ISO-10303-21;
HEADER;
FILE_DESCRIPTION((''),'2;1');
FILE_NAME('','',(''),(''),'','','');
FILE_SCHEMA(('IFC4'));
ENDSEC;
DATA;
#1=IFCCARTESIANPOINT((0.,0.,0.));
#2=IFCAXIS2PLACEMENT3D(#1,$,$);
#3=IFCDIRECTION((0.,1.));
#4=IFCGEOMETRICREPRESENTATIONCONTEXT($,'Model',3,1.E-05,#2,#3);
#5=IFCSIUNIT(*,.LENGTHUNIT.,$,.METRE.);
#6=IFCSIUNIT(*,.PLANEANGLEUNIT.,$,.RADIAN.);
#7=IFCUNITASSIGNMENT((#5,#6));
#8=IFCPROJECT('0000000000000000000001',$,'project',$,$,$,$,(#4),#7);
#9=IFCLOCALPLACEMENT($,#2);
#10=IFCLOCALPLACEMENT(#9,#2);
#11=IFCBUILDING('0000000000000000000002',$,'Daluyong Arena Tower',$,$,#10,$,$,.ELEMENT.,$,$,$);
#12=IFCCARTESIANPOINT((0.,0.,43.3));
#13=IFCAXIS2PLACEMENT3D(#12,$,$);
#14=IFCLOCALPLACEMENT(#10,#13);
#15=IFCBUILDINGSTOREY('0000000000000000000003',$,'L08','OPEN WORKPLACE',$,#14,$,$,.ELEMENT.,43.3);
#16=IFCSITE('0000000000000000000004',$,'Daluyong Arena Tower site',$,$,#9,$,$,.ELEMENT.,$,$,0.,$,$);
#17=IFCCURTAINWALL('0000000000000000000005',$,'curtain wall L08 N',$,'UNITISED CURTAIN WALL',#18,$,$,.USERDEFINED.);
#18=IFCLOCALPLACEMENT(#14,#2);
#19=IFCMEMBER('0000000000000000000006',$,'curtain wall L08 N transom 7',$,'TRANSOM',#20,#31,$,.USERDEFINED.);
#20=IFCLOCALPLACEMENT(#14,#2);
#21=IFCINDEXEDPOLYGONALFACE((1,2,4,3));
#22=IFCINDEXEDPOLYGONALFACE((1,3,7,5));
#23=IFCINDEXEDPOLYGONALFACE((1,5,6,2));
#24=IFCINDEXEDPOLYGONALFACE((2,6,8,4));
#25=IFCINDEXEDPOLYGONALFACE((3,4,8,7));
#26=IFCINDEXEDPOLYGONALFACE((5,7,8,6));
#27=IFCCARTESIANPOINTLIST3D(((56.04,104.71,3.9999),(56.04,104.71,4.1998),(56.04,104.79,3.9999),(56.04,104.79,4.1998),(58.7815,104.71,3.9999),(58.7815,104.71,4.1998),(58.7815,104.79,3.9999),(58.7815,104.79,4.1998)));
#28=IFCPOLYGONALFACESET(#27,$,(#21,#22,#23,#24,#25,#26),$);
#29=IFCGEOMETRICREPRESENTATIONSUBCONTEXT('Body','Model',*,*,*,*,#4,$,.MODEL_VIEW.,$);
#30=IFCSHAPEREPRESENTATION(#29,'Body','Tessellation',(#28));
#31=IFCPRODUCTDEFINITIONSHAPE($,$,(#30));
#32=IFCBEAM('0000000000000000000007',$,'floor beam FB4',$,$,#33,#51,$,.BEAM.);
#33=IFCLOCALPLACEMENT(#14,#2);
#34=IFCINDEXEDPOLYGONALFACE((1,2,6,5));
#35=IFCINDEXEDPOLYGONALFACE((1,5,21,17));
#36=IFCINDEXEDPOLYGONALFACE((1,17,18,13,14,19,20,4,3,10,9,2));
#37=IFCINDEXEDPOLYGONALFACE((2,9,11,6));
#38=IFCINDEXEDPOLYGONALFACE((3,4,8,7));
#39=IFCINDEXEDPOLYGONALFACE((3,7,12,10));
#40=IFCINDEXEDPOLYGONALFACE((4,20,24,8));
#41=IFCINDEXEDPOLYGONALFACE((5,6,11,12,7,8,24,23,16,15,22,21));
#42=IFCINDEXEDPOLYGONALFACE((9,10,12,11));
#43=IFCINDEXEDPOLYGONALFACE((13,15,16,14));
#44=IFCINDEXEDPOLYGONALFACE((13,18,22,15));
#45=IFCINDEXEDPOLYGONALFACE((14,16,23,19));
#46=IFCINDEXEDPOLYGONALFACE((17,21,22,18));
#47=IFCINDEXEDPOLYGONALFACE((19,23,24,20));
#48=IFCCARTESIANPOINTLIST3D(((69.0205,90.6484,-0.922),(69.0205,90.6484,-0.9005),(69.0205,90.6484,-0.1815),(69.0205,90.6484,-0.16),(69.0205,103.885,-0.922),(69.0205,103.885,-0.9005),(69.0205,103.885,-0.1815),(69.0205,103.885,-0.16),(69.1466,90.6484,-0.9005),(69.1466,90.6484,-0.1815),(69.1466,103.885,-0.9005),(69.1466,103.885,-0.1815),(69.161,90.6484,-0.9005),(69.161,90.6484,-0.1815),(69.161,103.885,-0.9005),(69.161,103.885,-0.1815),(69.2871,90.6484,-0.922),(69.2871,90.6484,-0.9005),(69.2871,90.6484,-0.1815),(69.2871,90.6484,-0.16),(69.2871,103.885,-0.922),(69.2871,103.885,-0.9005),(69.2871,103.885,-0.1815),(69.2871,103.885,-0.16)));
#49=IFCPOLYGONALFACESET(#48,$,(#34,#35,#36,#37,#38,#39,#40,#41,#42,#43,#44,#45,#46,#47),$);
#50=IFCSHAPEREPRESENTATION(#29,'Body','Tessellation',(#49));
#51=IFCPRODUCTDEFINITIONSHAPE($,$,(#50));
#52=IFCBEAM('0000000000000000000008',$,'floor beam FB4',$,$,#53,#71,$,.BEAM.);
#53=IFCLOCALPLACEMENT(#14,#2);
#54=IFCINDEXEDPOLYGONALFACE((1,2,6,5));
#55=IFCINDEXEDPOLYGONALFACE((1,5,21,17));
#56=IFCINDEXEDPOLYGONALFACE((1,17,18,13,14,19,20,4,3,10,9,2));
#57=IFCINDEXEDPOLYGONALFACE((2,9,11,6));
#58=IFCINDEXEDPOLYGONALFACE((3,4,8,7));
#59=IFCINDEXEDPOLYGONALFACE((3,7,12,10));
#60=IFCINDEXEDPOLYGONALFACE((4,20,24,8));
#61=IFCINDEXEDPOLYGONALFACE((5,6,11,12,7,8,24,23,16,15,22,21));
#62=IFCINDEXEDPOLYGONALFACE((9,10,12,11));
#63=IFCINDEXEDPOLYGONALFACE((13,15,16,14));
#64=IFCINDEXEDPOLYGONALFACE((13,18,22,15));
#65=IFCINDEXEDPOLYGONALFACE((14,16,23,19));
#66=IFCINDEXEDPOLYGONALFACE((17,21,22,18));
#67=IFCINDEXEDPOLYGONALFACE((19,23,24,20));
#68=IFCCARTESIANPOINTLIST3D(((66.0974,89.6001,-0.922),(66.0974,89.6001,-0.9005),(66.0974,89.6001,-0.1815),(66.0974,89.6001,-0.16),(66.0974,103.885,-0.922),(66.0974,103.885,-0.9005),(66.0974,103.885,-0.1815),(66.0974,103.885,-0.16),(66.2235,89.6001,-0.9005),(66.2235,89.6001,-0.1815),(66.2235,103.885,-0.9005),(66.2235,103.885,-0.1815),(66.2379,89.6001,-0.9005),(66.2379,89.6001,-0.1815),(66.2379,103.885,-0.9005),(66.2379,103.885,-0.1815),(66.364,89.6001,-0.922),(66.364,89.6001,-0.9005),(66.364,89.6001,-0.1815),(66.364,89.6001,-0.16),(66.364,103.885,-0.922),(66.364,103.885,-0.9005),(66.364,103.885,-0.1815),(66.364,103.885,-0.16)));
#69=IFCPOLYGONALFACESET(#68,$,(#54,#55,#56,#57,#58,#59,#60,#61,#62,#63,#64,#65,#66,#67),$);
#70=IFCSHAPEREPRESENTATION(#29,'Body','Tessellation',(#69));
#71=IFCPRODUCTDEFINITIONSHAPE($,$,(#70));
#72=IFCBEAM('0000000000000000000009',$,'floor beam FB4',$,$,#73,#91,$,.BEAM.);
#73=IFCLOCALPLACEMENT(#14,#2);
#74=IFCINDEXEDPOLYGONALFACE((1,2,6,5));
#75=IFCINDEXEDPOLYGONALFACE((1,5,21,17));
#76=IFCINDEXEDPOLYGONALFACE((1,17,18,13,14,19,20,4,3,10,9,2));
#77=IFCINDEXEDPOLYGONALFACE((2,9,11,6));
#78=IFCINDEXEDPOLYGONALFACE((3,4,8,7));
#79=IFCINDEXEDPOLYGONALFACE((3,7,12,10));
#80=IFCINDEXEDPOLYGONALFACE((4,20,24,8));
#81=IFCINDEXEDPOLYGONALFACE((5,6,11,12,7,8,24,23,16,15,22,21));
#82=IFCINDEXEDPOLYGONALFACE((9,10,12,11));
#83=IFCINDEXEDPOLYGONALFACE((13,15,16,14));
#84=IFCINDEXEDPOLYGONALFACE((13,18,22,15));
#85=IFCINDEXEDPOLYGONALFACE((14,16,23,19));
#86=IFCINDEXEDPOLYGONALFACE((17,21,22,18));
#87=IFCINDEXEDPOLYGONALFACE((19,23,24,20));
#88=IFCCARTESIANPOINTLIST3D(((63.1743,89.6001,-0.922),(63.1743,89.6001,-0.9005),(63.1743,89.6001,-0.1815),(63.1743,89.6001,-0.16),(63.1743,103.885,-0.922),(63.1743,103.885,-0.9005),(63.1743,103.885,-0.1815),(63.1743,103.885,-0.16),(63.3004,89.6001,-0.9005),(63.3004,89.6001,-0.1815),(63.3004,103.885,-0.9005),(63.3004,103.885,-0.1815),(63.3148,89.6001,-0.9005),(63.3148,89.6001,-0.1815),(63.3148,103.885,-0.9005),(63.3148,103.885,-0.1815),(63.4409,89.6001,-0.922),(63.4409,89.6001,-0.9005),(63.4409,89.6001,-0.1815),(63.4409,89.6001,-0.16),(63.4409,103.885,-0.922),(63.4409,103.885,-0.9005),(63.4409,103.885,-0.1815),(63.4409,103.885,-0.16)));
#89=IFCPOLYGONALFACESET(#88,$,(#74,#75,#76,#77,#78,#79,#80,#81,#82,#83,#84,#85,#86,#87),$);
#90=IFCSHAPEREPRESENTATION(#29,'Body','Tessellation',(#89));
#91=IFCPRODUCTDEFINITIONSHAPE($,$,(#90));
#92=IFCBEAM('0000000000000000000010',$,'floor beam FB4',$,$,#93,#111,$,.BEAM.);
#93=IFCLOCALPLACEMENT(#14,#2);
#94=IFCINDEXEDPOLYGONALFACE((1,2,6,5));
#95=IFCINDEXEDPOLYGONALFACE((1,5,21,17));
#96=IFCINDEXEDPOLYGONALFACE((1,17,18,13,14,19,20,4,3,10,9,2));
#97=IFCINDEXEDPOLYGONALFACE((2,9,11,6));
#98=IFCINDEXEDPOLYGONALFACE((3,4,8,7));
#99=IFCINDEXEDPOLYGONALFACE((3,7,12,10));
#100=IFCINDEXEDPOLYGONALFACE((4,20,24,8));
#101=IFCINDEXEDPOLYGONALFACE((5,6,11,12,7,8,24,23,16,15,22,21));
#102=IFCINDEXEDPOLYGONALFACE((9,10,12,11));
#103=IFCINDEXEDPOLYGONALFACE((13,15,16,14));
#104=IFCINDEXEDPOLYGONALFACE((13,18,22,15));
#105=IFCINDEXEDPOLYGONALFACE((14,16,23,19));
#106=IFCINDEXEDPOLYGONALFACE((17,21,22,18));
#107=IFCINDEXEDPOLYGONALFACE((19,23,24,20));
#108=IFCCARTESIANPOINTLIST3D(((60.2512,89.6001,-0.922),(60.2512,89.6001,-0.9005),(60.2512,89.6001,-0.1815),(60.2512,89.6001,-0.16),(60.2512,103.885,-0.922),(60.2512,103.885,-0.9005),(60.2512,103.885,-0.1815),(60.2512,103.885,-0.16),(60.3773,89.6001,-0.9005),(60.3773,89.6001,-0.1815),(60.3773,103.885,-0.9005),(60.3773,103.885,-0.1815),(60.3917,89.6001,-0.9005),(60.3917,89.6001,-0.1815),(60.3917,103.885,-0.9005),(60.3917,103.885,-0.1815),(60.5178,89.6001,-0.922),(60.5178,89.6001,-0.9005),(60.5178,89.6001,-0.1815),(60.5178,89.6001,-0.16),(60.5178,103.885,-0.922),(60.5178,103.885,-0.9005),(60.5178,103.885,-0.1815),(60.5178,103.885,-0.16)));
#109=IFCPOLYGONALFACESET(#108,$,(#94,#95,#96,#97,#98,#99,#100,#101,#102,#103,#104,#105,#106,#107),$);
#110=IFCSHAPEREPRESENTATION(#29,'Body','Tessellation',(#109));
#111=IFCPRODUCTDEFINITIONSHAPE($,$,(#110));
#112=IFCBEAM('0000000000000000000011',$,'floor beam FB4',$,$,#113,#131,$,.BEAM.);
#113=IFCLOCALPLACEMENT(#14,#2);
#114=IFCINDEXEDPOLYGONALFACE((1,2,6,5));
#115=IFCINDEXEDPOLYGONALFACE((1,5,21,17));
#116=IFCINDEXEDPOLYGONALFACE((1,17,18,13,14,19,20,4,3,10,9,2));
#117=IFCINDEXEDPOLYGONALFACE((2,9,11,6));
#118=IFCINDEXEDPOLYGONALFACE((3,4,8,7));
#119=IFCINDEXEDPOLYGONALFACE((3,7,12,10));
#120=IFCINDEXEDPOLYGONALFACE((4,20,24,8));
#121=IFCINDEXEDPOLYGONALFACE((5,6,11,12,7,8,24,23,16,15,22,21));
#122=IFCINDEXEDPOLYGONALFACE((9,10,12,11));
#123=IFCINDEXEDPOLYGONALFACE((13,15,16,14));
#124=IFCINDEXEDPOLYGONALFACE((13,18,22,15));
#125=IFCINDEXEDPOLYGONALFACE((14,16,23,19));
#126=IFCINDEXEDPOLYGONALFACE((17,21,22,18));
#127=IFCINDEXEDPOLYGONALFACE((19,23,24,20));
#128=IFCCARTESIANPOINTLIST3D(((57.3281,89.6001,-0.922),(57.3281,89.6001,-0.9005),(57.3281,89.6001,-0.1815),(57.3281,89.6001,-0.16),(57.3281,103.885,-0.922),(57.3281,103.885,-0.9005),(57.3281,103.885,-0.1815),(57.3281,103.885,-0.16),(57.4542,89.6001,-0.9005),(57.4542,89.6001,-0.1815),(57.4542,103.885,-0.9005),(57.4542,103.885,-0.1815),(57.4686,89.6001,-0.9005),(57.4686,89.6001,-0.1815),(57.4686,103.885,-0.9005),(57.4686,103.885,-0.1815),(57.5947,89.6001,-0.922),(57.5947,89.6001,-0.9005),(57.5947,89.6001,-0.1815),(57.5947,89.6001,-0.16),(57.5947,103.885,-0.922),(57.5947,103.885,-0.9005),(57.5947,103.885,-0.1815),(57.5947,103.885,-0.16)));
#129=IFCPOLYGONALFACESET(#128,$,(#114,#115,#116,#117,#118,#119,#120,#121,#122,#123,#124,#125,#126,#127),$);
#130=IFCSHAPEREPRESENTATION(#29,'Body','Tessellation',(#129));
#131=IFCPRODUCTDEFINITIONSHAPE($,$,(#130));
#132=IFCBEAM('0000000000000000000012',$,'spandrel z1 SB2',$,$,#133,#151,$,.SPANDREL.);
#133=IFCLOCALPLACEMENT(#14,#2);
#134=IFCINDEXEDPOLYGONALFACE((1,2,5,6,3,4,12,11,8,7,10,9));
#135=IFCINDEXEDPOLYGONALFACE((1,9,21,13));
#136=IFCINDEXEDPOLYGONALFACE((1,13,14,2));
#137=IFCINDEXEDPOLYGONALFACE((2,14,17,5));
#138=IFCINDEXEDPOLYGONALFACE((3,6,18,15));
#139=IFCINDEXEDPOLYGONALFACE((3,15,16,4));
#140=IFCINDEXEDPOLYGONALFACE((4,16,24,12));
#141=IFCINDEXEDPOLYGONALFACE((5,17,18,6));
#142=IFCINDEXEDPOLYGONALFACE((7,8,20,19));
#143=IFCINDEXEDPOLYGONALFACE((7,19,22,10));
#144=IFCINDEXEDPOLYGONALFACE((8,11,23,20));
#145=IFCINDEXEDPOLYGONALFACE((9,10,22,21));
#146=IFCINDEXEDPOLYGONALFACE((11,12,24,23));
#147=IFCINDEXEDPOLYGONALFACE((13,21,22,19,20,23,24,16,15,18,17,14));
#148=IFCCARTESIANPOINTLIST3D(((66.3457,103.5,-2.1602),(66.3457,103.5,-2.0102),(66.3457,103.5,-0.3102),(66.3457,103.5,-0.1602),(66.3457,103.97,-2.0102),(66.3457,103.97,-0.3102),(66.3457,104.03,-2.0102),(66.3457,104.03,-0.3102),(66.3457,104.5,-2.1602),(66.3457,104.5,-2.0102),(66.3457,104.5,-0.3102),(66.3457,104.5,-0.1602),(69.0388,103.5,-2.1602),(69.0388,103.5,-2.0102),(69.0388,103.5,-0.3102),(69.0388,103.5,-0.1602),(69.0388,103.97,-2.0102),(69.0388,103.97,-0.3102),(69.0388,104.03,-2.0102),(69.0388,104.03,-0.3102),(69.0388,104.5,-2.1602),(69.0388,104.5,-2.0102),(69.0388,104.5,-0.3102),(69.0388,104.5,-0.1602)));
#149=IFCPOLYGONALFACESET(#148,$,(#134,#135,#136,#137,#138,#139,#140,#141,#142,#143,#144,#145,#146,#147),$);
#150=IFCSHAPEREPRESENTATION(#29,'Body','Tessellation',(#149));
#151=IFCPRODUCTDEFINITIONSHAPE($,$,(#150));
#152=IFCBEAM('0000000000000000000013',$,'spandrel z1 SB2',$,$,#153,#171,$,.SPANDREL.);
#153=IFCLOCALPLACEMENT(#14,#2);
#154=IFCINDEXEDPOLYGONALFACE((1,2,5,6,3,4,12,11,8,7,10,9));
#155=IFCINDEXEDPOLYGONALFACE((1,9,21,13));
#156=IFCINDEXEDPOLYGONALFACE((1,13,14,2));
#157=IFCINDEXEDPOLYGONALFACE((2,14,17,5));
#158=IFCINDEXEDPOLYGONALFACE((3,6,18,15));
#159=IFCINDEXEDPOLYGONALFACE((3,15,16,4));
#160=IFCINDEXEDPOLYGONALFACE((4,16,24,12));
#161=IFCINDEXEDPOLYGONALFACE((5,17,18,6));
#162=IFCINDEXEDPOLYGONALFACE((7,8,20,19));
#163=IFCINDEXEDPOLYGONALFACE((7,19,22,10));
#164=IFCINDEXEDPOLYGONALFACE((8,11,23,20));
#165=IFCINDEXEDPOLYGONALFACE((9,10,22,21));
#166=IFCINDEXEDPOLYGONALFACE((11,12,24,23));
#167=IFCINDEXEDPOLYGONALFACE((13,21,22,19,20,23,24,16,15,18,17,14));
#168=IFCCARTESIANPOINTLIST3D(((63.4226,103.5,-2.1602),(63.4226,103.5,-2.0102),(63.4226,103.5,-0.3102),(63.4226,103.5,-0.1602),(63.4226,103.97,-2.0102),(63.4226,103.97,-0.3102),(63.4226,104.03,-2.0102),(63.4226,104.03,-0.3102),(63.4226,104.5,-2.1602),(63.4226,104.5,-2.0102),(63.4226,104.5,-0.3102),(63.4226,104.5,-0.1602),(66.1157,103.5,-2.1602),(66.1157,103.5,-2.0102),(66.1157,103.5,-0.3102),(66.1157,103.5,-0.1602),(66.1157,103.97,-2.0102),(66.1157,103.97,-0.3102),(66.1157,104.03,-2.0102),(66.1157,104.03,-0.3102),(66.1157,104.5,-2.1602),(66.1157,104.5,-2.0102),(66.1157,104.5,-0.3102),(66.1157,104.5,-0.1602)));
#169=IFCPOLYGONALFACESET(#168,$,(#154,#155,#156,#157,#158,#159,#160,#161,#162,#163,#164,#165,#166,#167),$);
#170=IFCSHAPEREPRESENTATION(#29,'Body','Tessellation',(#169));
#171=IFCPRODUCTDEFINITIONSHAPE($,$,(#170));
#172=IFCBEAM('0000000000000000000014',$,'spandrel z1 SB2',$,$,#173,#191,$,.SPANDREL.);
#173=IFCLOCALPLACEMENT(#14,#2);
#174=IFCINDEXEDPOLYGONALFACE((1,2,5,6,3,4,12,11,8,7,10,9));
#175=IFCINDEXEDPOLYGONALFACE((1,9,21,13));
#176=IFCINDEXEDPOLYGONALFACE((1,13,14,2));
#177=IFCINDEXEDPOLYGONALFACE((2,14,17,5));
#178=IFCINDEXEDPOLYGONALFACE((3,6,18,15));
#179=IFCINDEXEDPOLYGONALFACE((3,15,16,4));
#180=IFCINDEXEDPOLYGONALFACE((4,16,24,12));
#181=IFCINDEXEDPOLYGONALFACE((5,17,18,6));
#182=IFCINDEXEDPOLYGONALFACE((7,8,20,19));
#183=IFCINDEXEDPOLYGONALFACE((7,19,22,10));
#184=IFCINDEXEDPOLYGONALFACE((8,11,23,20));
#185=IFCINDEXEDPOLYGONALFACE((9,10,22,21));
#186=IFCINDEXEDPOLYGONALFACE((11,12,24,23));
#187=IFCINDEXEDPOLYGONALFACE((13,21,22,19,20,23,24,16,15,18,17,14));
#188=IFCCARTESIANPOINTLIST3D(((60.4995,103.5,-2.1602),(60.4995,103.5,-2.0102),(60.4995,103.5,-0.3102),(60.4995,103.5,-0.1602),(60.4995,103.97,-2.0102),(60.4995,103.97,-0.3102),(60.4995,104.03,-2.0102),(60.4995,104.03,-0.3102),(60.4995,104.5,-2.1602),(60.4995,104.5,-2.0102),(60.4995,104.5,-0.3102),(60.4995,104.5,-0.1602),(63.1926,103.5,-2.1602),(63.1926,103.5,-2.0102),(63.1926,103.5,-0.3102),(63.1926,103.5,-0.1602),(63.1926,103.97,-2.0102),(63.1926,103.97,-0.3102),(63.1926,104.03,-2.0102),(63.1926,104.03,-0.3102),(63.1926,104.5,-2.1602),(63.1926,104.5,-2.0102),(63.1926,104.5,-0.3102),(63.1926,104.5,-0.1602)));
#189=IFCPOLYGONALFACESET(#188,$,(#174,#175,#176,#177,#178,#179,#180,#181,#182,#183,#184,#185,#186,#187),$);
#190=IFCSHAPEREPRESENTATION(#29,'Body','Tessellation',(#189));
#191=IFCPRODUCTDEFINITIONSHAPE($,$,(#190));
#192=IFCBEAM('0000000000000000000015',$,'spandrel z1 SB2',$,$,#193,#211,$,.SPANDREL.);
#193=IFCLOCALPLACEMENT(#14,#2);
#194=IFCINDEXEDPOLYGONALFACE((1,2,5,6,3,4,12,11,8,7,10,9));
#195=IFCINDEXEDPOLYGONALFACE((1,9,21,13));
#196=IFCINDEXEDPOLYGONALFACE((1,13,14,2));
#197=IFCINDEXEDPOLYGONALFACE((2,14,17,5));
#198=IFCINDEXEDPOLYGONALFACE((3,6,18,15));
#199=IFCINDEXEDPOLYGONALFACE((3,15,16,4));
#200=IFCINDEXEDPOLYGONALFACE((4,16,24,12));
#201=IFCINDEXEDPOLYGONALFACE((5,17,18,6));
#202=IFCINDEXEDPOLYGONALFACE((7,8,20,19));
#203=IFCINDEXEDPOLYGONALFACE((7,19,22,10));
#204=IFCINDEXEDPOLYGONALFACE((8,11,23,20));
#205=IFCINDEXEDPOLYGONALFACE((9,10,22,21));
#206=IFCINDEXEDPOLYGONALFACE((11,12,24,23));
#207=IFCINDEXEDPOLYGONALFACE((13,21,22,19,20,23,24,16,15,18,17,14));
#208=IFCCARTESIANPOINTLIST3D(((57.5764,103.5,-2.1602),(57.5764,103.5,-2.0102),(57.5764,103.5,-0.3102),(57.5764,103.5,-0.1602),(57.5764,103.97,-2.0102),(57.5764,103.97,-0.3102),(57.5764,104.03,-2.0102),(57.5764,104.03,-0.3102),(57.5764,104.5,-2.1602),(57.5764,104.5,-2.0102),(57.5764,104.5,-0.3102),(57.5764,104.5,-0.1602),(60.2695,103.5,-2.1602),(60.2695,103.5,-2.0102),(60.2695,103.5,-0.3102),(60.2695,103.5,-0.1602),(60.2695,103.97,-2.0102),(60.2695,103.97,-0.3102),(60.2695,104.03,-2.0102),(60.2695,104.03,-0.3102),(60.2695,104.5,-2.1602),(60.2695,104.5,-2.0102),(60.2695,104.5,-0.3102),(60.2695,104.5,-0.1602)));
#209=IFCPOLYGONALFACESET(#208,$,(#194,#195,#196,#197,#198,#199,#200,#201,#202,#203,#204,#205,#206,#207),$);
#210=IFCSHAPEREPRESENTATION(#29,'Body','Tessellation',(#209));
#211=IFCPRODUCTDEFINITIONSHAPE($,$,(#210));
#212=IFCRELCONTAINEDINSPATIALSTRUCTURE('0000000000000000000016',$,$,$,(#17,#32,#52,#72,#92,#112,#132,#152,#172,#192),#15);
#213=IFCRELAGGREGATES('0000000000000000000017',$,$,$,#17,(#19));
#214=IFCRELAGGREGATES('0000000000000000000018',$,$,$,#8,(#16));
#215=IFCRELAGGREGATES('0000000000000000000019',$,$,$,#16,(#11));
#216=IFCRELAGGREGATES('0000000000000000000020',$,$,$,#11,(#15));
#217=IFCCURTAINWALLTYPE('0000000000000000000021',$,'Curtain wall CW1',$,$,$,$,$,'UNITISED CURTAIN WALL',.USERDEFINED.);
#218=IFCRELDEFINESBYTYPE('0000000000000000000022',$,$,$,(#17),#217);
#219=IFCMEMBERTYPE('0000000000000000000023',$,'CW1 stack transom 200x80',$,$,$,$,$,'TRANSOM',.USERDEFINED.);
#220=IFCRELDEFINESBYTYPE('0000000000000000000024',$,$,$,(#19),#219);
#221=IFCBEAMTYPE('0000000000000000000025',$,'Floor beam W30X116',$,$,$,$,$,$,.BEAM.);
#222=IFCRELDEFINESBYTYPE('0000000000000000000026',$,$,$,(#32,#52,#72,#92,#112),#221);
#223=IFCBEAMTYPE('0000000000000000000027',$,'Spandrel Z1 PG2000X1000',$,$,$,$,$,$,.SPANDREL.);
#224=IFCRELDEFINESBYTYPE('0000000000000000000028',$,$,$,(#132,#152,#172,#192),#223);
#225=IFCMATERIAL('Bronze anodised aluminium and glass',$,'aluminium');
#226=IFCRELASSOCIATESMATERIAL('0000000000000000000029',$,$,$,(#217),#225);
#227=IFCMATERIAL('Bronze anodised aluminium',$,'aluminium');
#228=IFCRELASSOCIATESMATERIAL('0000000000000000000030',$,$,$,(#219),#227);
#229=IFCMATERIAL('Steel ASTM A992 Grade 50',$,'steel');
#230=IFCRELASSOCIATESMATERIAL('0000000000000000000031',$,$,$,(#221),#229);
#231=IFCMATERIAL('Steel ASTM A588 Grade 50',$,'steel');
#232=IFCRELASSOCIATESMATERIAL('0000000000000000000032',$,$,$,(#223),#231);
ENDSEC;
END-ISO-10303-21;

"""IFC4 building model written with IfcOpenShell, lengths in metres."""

from ifc_helpers import new_model, si_unit, direction, frame, origin, origin_2d, place, context, subcontext, project, spatial, rectangle, i_section, extrude, material, material_profile, profile_set, type_object, element, aggregate, save


model = new_model("IFC4")

# Units and contexts
model_context = context("Model", 3, precision=1e-05, world=origin(), true_north=direction((0.0, 1.0)))
body_context = subcontext(model_context, "Body", "Model", "MODEL_VIEW")
ifc_project = project(units=[si_unit("LENGTHUNIT", "METRE"), si_unit("PLANEANGLEUNIT", "RADIAN")], contexts=[model_context])

# Site, building, storey
site_placement = place(None, origin())
site = spatial("IfcSite", under=ifc_project, at=site_placement, Name="Daluyong Arena Tower site", CompositionType="ELEMENT", RefElevation=0.0)
building_placement = place(site_placement, origin())
building = spatial("IfcBuilding", under=site, at=building_placement, Name="Daluyong Arena Tower", CompositionType="ELEMENT")
storey_placement = place(building_placement, frame((0.0, 0.0, 43.3)))
storey = spatial("IfcBuildingStorey", under=building, at=storey_placement, Name="L08", Description="OPEN WORKPLACE", CompositionType="ELEMENT", Elevation=43.3)

# Curtain wall, member
ifc_material_1 = material(Name="Bronze anodised aluminium and glass", Category="aluminium")
curtain_wall_type = type_object("IfcCurtainWallType", Name="Curtain wall CW1", ElementType="UNITISED CURTAIN WALL", PredefinedType="USERDEFINED", material=ifc_material_1)
curtain_wall_placement = place(storey_placement, origin())
curtain_wall = element("IfcCurtainWall", 1, at=curtain_wall_placement, inside=storey, type_object=curtain_wall_type, Name="curtain wall L08 N", ObjectType="UNITISED CURTAIN WALL", PredefinedType="USERDEFINED")
ifc_material_2 = material(Name="Bronze anodised aluminium", Category="aluminium")
ifc_material_profile_1 = material_profile(ifc_material_2, rectangle(XDim=0.0801, YDim=0.2, at=origin_2d()))
ifc_profile_set_1 = profile_set([ifc_material_profile_1], Name="Bronze anodised aluminium")
member_type_1 = type_object("IfcMemberType", Name="CW1 stack transom 200x80", ElementType="TRANSOM", PredefinedType="USERDEFINED", material=ifc_profile_set_1)
member_1_placement = place(storey_placement, frame((58.7815, 104.75, 4.0999), z_axis=(-1.0, 0.0, 0.0), x_axis=(0.0, -1.0, 0.0)))
member_1 = element("IfcMember", 2, at=member_1_placement, type_object=member_type_1, Name="curtain wall L08 N transom 7", ObjectType="TRANSOM", PredefinedType="USERDEFINED", context=body_context, shape_type="SweptSolid", body=[
    extrude(rectangle(XDim=0.0801, YDim=0.2, at=origin_2d()), origin(), (0.0, 0.0, 1.0), 2.7415),
])

# Beams
ifc_material_3 = material(Name="Steel ASTM A992 Grade 50", Category="steel")
ifc_material_profile_2 = material_profile(ifc_material_3, i_section(OverallWidth=0.2666, OverallDepth=0.762, WebThickness=0.0144, FlangeThickness=0.0215, at=origin_2d()))
ifc_profile_set_2 = profile_set([ifc_material_profile_2], Name="Steel ASTM A992 Grade 50")
beam_type_1 = type_object("IfcBeamType", Name="Floor beam W30X116", PredefinedType="BEAM", material=ifc_profile_set_2)
beam_1_placement = place(storey_placement, frame((69.1538, 103.885, -0.541), z_axis=(0.0, -1.0, 0.0), x_axis=(1.0, 0.0, 0.0)))
element("IfcBeam", 3, at=beam_1_placement, inside=storey, type_object=beam_type_1, Name="floor beam FB4", PredefinedType="BEAM", context=body_context, shape_type="SweptSolid", body=[
    extrude(i_section(OverallWidth=0.2666, OverallDepth=0.762, WebThickness=0.0144, FlangeThickness=0.0215, at=origin_2d()), origin(), (0.0, 0.0, 1.0), 13.2366),
])
for number, where, z_axis, x_axis, name in (
    (4, (66.2307, 103.885, -0.541), (0.0, -1.0, 0.0), (1.0, 0.0, 0.0), "floor beam FB4"),
    (5, (63.3076, 103.885, -0.541), (0.0, -1.0, 0.0), (1.0, 0.0, 0.0), "floor beam FB4"),
    (6, (60.3845, 103.885, -0.541), (0.0, -1.0, 0.0), (1.0, 0.0, 0.0), "floor beam FB4"),
    (7, (57.4614, 103.885, -0.541), (0.0, -1.0, 0.0), (1.0, 0.0, 0.0), "floor beam FB4"),
):
    element("IfcBeam", number, at=place(storey_placement, frame(where, z_axis=z_axis, x_axis=x_axis)), inside=storey, type_object=beam_type_1, Name=name, PredefinedType="BEAM", context=body_context, shape_type="SweptSolid", body=[
        extrude(i_section(OverallWidth=0.2666, OverallDepth=0.762, WebThickness=0.0144, FlangeThickness=0.0215, at=origin_2d()), origin(), (0.0, 0.0, 1.0), 14.2849),
    ])
ifc_material_4 = material(Name="Steel ASTM A588 Grade 50", Category="steel")
ifc_material_profile_3 = material_profile(ifc_material_4, i_section(OverallWidth=1.0, OverallDepth=2.0, WebThickness=0.06, FlangeThickness=0.15, at=origin_2d()))
ifc_profile_set_3 = profile_set([ifc_material_profile_3], Name="Steel ASTM A588 Grade 50")
beam_type_2 = type_object("IfcBeamType", Name="Spandrel Z1 PG2000X1000", PredefinedType="SPANDREL", material=ifc_profile_set_3)
for number, where, z_axis, x_axis, name in (
    (8, (69.0388, 104.0, -1.1602), (-1.0, 0.0, 0.0), (0.0, -1.0, 0.0), "spandrel z1 SB2"),
    (9, (66.1157, 104.0, -1.1602), (-1.0, 0.0, 0.0), (0.0, -1.0, 0.0), "spandrel z1 SB2"),
    (10, (63.1926, 104.0, -1.1602), (-1.0, 0.0, 0.0), (0.0, -1.0, 0.0), "spandrel z1 SB2"),
    (11, (60.2695, 104.0, -1.1602), (-1.0, 0.0, 0.0), (0.0, -1.0, 0.0), "spandrel z1 SB2"),
):
    element("IfcBeam", number, at=place(storey_placement, frame(where, z_axis=z_axis, x_axis=x_axis)), inside=storey, type_object=beam_type_2, Name=name, PredefinedType="SPANDREL", context=body_context, shape_type="SweptSolid", body=[
        extrude(i_section(OverallWidth=1.0, OverallDepth=2.0, WebThickness=0.06, FlangeThickness=0.15, at=origin_2d()), origin(), (0.0, 0.0, 1.0), 2.6931),
    ])

aggregate(curtain_wall, [member_1])

save(model, "model.ifc")
